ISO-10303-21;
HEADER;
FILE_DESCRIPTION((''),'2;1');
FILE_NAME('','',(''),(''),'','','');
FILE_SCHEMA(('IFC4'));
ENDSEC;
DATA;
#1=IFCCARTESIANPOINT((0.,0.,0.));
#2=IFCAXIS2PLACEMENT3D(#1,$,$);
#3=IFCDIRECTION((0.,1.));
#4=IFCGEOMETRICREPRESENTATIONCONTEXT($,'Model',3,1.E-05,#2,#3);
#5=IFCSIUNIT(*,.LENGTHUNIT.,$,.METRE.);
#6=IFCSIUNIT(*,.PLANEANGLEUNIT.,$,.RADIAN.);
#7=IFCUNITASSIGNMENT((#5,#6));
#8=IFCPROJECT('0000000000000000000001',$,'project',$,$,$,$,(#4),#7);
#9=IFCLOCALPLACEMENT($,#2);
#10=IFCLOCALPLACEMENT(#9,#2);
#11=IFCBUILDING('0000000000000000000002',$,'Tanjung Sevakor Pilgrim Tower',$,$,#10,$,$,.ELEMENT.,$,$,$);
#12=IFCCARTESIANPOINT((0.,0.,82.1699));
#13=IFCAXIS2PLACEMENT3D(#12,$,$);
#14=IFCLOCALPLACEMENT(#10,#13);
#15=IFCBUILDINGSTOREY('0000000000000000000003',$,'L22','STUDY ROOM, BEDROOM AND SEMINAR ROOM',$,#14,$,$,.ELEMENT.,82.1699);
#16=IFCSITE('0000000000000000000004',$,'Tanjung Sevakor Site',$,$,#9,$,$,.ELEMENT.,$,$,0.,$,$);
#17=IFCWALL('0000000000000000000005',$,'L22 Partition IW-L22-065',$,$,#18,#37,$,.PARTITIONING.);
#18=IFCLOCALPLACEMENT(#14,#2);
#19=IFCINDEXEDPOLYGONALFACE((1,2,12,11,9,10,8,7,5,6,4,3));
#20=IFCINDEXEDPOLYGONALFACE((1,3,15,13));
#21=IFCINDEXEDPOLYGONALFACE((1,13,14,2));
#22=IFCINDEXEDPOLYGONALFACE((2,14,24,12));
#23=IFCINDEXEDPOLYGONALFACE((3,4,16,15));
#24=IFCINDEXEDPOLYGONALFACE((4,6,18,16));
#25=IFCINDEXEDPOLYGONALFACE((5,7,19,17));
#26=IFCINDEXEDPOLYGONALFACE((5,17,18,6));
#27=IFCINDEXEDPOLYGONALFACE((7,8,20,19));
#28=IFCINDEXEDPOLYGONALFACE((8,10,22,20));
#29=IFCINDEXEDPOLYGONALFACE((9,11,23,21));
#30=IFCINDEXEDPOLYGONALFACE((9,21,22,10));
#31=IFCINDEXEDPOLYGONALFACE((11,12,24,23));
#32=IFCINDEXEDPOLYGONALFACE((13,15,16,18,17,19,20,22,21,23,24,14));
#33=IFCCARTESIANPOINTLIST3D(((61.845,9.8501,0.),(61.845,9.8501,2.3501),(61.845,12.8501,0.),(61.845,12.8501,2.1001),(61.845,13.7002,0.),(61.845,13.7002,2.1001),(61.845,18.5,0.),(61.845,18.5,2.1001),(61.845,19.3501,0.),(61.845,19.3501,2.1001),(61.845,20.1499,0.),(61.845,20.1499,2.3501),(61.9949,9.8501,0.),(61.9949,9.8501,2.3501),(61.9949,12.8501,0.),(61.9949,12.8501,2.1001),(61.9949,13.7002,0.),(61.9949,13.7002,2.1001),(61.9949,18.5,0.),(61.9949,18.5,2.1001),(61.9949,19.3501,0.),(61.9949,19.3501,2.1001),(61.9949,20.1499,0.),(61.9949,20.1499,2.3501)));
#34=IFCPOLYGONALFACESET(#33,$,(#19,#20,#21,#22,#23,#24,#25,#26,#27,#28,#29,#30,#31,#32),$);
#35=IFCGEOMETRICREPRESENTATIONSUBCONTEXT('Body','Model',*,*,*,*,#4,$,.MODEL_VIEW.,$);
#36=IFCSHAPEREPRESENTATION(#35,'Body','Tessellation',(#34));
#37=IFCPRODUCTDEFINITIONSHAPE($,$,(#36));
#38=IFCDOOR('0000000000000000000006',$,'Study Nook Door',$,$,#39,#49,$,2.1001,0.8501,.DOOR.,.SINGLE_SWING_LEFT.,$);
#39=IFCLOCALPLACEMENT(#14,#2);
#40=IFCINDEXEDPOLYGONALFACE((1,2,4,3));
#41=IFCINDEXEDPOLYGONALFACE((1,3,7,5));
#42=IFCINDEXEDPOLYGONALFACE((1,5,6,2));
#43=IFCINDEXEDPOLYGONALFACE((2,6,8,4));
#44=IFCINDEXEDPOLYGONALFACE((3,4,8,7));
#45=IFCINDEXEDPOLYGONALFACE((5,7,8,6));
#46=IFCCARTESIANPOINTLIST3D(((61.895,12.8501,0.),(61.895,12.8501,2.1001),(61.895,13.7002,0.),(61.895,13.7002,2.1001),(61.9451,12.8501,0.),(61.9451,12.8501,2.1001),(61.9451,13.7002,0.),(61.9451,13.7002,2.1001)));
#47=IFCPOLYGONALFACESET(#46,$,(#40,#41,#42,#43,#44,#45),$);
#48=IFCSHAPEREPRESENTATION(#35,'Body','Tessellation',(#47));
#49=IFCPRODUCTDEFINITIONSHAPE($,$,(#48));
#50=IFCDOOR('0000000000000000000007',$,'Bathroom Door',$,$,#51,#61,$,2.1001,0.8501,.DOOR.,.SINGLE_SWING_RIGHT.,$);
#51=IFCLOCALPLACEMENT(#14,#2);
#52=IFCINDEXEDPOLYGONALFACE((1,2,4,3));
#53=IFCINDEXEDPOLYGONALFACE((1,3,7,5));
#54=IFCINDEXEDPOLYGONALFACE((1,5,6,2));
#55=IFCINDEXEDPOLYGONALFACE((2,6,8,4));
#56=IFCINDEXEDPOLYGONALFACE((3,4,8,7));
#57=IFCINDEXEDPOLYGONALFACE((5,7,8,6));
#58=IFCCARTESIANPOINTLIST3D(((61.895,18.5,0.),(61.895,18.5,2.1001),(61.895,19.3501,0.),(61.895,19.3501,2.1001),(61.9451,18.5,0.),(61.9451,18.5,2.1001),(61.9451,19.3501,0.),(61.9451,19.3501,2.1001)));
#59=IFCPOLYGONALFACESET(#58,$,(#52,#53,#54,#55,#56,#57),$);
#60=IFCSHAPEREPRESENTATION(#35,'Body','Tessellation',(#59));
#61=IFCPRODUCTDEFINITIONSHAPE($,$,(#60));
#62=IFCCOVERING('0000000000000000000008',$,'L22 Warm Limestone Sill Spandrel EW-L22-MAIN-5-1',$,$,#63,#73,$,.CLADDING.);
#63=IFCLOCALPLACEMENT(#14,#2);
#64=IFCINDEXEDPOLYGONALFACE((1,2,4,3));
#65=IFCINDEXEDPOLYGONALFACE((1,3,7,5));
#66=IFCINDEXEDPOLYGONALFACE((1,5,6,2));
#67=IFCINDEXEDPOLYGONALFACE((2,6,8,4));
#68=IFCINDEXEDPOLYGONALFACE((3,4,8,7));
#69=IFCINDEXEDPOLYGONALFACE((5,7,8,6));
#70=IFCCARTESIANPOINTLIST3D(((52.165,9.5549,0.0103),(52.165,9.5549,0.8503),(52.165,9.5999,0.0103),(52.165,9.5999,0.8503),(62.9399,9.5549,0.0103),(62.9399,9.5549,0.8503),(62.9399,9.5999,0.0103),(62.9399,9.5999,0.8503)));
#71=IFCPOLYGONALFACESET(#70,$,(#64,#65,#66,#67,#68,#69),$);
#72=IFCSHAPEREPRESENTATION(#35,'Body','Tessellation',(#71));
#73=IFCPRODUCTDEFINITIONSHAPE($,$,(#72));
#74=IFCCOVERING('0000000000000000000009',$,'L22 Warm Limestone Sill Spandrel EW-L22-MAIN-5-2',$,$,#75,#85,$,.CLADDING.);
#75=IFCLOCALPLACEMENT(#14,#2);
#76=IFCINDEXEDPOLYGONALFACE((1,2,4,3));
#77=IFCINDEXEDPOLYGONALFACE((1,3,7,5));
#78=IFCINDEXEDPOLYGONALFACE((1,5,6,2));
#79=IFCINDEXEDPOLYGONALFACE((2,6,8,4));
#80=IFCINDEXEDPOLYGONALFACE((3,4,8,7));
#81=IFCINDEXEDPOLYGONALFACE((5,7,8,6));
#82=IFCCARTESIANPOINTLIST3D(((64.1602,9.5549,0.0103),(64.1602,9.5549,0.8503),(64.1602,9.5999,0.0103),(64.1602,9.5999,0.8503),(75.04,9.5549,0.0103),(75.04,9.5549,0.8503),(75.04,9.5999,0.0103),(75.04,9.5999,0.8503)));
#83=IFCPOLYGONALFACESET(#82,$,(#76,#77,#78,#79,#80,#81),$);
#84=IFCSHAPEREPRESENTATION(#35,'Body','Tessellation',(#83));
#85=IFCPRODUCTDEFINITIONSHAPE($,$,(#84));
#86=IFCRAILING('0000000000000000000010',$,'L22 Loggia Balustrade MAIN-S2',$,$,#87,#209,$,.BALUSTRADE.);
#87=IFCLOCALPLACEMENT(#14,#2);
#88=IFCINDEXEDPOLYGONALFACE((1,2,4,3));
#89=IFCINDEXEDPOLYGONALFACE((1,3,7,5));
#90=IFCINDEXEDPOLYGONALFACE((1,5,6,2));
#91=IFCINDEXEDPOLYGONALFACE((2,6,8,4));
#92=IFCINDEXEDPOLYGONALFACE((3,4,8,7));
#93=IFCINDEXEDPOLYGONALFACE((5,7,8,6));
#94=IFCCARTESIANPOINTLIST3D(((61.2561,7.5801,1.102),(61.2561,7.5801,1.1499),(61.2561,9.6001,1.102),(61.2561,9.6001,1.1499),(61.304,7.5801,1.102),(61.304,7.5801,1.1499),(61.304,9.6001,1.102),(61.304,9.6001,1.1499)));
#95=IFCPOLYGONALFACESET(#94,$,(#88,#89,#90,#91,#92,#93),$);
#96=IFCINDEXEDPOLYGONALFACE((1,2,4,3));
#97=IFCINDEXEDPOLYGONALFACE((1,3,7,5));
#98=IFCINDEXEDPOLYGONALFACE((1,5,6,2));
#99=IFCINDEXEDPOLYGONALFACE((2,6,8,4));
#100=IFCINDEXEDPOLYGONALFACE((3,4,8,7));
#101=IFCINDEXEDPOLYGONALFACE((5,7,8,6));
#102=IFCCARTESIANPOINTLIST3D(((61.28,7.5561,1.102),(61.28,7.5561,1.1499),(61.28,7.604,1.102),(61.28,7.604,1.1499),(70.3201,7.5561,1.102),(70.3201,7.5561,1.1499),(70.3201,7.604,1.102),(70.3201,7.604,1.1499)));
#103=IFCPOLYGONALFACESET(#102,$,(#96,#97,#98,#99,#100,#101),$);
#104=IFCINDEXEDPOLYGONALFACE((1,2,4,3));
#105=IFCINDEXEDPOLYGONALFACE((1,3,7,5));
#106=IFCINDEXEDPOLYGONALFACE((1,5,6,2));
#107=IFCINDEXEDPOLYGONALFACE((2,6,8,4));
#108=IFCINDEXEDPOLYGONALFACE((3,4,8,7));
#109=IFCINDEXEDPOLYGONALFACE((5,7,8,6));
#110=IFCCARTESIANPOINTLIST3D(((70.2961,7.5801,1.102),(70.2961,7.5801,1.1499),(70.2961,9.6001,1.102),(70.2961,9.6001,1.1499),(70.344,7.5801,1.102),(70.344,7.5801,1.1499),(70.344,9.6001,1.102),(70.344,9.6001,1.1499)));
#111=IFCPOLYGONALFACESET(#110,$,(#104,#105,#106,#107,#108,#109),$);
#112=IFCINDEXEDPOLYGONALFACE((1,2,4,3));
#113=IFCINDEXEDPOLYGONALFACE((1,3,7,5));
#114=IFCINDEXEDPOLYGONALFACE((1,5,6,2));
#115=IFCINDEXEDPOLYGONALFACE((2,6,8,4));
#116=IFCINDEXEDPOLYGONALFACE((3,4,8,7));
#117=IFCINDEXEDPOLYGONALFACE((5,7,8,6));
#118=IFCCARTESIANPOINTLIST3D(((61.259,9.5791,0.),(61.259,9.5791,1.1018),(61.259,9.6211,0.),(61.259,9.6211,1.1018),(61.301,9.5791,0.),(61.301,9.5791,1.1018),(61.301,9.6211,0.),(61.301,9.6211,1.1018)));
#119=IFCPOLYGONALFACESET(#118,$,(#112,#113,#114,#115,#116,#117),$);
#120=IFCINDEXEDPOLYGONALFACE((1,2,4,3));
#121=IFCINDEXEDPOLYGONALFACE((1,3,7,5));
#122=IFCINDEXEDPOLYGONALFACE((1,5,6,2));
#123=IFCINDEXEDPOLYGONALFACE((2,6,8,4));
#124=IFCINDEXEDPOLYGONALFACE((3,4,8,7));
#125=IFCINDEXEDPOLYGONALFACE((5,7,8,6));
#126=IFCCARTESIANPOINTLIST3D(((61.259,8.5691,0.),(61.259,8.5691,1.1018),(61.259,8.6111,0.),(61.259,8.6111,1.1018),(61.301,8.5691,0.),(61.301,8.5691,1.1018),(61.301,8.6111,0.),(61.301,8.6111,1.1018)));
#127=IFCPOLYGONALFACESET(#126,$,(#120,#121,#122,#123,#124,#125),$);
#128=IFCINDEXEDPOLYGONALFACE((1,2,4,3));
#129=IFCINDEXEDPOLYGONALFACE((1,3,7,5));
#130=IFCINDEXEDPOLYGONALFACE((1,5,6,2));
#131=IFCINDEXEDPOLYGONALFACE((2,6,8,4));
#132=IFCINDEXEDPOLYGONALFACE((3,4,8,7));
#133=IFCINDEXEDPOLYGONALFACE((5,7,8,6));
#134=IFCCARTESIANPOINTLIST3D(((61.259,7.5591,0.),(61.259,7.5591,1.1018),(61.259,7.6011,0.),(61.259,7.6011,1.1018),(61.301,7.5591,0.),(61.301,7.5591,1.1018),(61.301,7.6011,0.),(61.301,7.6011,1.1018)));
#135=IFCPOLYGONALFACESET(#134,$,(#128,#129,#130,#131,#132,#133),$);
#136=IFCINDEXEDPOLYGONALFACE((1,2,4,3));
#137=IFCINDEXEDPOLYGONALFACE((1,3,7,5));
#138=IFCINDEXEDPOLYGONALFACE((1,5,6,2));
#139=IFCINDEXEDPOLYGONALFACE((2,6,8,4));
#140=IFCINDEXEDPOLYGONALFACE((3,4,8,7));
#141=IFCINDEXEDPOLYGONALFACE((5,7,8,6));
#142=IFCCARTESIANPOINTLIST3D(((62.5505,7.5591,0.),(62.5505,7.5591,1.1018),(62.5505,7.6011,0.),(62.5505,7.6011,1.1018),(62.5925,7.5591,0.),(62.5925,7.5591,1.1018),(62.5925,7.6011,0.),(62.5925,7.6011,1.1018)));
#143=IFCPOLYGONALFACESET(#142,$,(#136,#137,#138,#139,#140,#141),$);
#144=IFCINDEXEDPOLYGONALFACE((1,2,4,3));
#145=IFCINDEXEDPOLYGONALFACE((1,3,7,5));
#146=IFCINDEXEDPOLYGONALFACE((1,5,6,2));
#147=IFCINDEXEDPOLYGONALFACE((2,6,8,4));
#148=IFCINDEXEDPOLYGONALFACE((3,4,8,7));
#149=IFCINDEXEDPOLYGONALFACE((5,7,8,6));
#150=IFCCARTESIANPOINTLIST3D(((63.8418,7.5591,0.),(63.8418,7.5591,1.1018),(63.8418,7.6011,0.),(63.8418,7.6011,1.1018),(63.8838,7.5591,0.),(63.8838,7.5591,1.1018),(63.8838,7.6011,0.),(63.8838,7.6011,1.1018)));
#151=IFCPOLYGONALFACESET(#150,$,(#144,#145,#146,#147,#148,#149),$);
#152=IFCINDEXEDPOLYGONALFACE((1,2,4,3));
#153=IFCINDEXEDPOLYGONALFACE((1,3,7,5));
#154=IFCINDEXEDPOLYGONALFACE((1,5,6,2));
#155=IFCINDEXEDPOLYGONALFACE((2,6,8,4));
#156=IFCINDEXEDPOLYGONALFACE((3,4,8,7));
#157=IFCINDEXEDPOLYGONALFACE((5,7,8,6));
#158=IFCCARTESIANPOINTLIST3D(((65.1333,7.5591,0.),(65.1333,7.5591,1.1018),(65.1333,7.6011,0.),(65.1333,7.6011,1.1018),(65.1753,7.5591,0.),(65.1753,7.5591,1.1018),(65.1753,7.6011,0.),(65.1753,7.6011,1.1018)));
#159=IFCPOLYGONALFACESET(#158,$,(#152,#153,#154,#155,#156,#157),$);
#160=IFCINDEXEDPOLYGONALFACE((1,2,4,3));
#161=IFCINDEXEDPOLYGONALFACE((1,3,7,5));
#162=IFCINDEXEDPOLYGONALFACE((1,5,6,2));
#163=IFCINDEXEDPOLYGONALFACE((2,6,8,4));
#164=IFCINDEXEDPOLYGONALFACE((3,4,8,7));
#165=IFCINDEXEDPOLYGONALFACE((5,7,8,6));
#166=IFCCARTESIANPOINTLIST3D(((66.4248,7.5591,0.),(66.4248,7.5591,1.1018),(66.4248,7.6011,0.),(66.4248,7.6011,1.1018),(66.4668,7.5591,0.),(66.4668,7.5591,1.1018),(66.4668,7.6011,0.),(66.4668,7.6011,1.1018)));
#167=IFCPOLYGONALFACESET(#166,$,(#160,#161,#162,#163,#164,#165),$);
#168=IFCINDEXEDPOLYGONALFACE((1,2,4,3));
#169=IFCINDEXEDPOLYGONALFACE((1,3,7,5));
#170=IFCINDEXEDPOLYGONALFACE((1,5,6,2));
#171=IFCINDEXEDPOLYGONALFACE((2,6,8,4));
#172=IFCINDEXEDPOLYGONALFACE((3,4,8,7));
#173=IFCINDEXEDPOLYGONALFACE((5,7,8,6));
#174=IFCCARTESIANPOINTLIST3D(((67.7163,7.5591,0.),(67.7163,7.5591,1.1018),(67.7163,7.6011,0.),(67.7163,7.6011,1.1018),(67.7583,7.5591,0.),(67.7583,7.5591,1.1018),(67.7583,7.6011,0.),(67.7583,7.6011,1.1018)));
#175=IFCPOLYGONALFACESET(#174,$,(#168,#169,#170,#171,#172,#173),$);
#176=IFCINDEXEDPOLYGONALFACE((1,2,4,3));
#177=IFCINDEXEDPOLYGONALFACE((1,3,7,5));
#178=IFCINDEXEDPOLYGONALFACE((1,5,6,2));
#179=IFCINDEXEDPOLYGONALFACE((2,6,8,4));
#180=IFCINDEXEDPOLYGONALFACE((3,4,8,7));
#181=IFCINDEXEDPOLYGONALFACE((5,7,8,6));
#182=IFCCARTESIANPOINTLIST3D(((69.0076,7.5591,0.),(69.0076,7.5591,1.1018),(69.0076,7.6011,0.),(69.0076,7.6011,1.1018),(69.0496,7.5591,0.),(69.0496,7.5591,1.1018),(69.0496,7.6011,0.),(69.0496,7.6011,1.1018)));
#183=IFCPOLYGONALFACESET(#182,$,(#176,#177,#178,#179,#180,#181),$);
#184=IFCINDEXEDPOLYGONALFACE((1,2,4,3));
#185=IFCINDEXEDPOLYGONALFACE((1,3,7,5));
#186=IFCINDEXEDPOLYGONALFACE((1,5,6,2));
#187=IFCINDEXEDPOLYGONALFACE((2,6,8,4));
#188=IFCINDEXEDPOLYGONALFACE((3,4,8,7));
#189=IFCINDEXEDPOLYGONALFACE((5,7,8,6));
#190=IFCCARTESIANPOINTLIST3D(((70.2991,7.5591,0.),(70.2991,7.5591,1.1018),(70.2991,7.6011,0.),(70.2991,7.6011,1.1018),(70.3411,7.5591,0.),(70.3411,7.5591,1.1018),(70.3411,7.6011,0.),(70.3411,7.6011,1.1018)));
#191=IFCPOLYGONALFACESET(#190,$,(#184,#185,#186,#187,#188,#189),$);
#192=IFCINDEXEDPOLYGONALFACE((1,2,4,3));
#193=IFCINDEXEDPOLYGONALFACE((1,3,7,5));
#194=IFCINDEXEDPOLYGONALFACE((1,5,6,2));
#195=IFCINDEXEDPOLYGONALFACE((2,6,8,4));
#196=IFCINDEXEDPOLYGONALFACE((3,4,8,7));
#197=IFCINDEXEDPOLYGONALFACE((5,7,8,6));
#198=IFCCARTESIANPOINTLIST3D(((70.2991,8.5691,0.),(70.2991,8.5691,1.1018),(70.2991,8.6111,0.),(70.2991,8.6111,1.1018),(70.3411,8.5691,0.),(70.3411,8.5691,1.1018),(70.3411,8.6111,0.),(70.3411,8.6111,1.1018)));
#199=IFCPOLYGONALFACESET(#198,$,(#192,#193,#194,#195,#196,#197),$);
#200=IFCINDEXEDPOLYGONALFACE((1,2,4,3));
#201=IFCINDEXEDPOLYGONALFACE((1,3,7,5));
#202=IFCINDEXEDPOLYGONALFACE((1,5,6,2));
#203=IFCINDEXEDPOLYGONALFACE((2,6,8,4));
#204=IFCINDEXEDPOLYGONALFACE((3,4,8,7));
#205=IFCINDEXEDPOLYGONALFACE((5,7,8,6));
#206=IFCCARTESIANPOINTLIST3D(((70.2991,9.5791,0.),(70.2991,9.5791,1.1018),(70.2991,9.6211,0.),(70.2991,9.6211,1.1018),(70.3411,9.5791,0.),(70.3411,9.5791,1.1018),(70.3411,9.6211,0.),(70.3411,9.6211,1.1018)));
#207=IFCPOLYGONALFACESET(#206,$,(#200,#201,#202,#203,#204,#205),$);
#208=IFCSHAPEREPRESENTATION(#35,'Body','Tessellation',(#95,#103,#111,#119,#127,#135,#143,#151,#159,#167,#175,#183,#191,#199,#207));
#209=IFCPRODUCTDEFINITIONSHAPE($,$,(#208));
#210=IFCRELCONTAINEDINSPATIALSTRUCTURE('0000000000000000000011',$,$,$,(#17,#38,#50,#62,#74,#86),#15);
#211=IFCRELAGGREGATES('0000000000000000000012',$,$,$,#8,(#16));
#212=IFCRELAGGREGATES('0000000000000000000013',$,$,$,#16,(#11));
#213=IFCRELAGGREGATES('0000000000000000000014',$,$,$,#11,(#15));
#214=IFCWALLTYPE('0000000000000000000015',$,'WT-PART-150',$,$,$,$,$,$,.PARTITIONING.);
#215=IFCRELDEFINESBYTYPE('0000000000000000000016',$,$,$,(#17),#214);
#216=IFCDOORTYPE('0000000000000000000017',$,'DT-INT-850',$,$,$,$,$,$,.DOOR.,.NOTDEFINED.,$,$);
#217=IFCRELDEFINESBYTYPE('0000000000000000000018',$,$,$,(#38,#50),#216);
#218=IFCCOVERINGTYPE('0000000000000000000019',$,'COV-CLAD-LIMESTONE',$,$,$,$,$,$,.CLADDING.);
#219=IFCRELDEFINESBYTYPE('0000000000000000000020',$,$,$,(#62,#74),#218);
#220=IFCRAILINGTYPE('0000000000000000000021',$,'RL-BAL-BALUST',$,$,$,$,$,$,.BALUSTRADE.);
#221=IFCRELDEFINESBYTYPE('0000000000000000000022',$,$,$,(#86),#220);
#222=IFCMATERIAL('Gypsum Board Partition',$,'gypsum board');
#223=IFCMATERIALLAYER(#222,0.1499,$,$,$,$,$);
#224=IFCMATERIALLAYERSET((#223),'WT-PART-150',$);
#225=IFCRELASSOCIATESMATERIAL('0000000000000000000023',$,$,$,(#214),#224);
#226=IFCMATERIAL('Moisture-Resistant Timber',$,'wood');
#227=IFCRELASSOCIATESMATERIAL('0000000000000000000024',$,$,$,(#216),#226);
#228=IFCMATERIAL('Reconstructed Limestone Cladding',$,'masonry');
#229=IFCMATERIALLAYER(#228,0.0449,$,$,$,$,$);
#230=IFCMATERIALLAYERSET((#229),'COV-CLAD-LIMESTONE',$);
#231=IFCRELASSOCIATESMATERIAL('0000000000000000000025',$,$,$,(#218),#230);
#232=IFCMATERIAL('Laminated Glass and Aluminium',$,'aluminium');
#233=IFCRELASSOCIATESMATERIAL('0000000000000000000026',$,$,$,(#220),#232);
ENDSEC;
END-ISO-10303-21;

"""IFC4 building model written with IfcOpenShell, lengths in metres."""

from ifc_helpers import new_model, si_unit, direction, frame, frame_2d, origin, origin_2d, place, context, subcontext, project, spatial, rectangle, extrude, material, layer, layer_set, type_object, element, fill, save


model = new_model("IFC4")

# Units and contexts
model_context = context("Model", 3, precision=1e-05, world=origin(), true_north=direction((0.0, 1.0)))
body_context = subcontext(model_context, "Body", "Model", "MODEL_VIEW")
ifc_project = project(units=[si_unit("LENGTHUNIT", "METRE"), si_unit("PLANEANGLEUNIT", "RADIAN")], contexts=[model_context])

# Site, building, storey
site_placement = place(None, origin())
site = spatial("IfcSite", under=ifc_project, at=site_placement, Name="Tanjung Sevakor Site", CompositionType="ELEMENT", RefElevation=0.0)
building_placement = place(site_placement, origin())
building = spatial("IfcBuilding", under=site, at=building_placement, Name="Tanjung Sevakor Pilgrim Tower", CompositionType="ELEMENT")
storey_placement = place(building_placement, frame((0.0, 0.0, 82.1699)))
storey = spatial("IfcBuildingStorey", under=building, at=storey_placement, Name="L22", Description="STUDY ROOM, BEDROOM AND SEMINAR ROOM", CompositionType="ELEMENT", Elevation=82.1699)

# Wall, openings, doors
ifc_material_1 = material(Name="Gypsum Board Partition", Category="gypsum board")
ifc_layer_1 = layer(ifc_material_1, 0.1499)
ifc_layer_set_1 = layer_set([ifc_layer_1], Name="WT-PART-150")
wall_type_1 = type_object("IfcWallType", Name="WT-PART-150", PredefinedType="PARTITIONING", material=ifc_layer_set_1)
wall_placement = place(storey_placement, frame((61.9199, 9.8501, 0.0), z_axis=(0.0, 0.0, 1.0), x_axis=(0.0, 1.0, 0.0)))
wall = element("IfcWall", 1, at=wall_placement, inside=storey, type_object=wall_type_1, Name="L22 Partition IW-L22-065", PredefinedType="PARTITIONING", context=body_context, shape_type="SweptSolid", body=[
    extrude(rectangle(XDim=10.2998, YDim=0.1499, at=frame_2d((5.1499, 0.0))), origin(), (0.0, 0.0, 1.0), 2.3501),
])
opening_1_placement = place(wall_placement, frame((3.0, 0.0, 0.0)))
opening_1 = element("IfcOpeningElement", 2, at=opening_1_placement, cuts=wall, PredefinedType="OPENING", context=body_context, shape_type="SweptSolid", body=[
    extrude(rectangle(XDim=0.8501, YDim=2.1001, at=frame_2d((0.425, 1.05))), frame((0.0, 0.085, 0.0), z_axis=(0.0, -1.0, 0.0), x_axis=(1.0, 0.0, 0.0)), (0.0, 0.0, 1.0), 0.1699),
])
opening_2_placement = place(wall_placement, frame((8.6499, 0.0, 0.0)))
opening_2 = element("IfcOpeningElement", 3, at=opening_2_placement, cuts=wall, PredefinedType="OPENING", context=body_context, shape_type="SweptSolid", body=[
    extrude(rectangle(XDim=0.8501, YDim=2.1001, at=frame_2d((0.425, 1.05))), frame((0.0, 0.085, 0.0), z_axis=(0.0, -1.0, 0.0), x_axis=(1.0, 0.0, 0.0)), (0.0, 0.0, 1.0), 0.1699),
])
ifc_material_2 = material(Name="Moisture-Resistant Timber", Category="wood")
door_type = type_object("IfcDoorType", Name="DT-INT-850", OperationType="NOTDEFINED", PredefinedType="DOOR", material=ifc_material_2)
door_1_placement = place(opening_1_placement, origin())
door_1 = element("IfcDoor", 4, at=door_1_placement, inside=storey, type_object=door_type, Name="Study Nook Door", OperationType="SINGLE_SWING_LEFT", OverallHeight=2.1001, OverallWidth=0.8501, PredefinedType="DOOR", context=body_context, shape_type="SweptSolid", body=[
    extrude(rectangle(XDim=0.8501, YDim=2.1001, at=frame_2d((0.425, 1.05))), frame((0.0, 0.0249, 0.0), z_axis=(0.0, -1.0, 0.0), x_axis=(1.0, 0.0, 0.0)), (0.0, 0.0, 1.0), 0.05),
])
fill(opening_1, door_1)
door_2_placement = place(opening_2_placement, origin())
door_2 = element("IfcDoor", 5, at=door_2_placement, inside=storey, type_object=door_type, Name="Bathroom Door", OperationType="SINGLE_SWING_RIGHT", OverallHeight=2.1001, OverallWidth=0.8501, PredefinedType="DOOR", context=body_context, shape_type="SweptSolid", body=[
    extrude(rectangle(XDim=0.8501, YDim=2.1001, at=frame_2d((0.425, 1.05))), frame((0.0, 0.0249, 0.0), z_axis=(0.0, -1.0, 0.0), x_axis=(1.0, 0.0, 0.0)), (0.0, 0.0, 1.0), 0.05),
])
fill(opening_2, door_2)

# Coverings
ifc_material_3 = material(Name="Reconstructed Limestone Cladding", Category="masonry")
ifc_layer_2 = layer(ifc_material_3, 0.0449)
ifc_layer_set_2 = layer_set([ifc_layer_2], Name="COV-CLAD-LIMESTONE")
covering_type = type_object("IfcCoveringType", Name="COV-CLAD-LIMESTONE", PredefinedType="CLADDING", material=ifc_layer_set_2)
covering_1_placement = place(storey_placement, frame((57.5525, 9.5774, 0.0103), z_axis=(0.0, 0.0, 1.0), x_axis=(1.0, 0.0, 0.0)))
element("IfcCovering", 6, at=covering_1_placement, inside=storey, type_object=covering_type, Name="L22 Warm Limestone Sill Spandrel EW-L22-MAIN-5-1", PredefinedType="CLADDING", context=body_context, shape_type="SweptSolid", body=[
    extrude(rectangle(XDim=10.7749, YDim=0.0449, at=origin_2d()), origin(), (0.0, 0.0, 1.0), 0.8401),
])
covering_2_placement = place(storey_placement, frame((69.6001, 9.5774, 0.0103), z_axis=(0.0, 0.0, 1.0), x_axis=(1.0, 0.0, 0.0)))
element("IfcCovering", 7, at=covering_2_placement, inside=storey, type_object=covering_type, Name="L22 Warm Limestone Sill Spandrel EW-L22-MAIN-5-2", PredefinedType="CLADDING", context=body_context, shape_type="SweptSolid", body=[
    extrude(rectangle(XDim=10.8799, YDim=0.0449, at=origin_2d()), origin(), (0.0, 0.0, 1.0), 0.8401),
])

# Railing
ifc_material_4 = material(Name="Laminated Glass and Aluminium", Category="aluminium")
railing_type = type_object("IfcRailingType", Name="RL-BAL-BALUST", PredefinedType="BALUSTRADE", material=ifc_material_4)
railing_1_placement = place(storey_placement, frame((61.28, 9.6001, 0.0)))
element("IfcRailing", 8, at=railing_1_placement, inside=storey, type_object=railing_type, Name="L22 Loggia Balustrade MAIN-S2", PredefinedType="BALUSTRADE", context=body_context, shape_type="SweptSolid", body=[
    extrude(rectangle(XDim=0.0479, YDim=0.0479), frame((0.0, 0.0, 1.126), z_axis=(0.0, -1.0, 0.0), x_axis=(1.0, 0.0, 0.0)), (0.0, 0.0, 1.0), 2.02),
    extrude(rectangle(XDim=0.0479, YDim=0.0479), frame((0.0, -2.02, 1.126), z_axis=(1.0, 0.0, 0.0), x_axis=(0.0, 1.0, 0.0)), (0.0, 0.0, 1.0), 9.04),
    extrude(rectangle(XDim=0.0479, YDim=0.0479), frame((9.04, -2.02, 1.126), z_axis=(0.0, 1.0, 0.0), x_axis=(-1.0, 0.0, 0.0)), (0.0, 0.0, 1.0), 2.02),
    extrude(rectangle(XDim=0.042, YDim=0.042), origin(), (0.0, 0.0, 1.0), 1.1018),
    extrude(rectangle(XDim=0.042, YDim=0.042), frame((0.0, -1.01, 0.0)), (0.0, 0.0, 1.0), 1.1018),
    extrude(rectangle(XDim=0.042, YDim=0.042), frame((0.0, -2.02, 0.0)), (0.0, 0.0, 1.0), 1.1018),
    extrude(rectangle(XDim=0.042, YDim=0.042), frame((1.2915, -2.02, 0.0)), (0.0, 0.0, 1.0), 1.1018),
    extrude(rectangle(XDim=0.042, YDim=0.042), frame((2.5828, -2.02, 0.0)), (0.0, 0.0, 1.0), 1.1018),
    extrude(rectangle(XDim=0.042, YDim=0.042), frame((3.8743, -2.02, 0.0)), (0.0, 0.0, 1.0), 1.1018),
    extrude(rectangle(XDim=0.042, YDim=0.042), frame((5.1658, -2.02, 0.0)), (0.0, 0.0, 1.0), 1.1018),
    extrude(rectangle(XDim=0.042, YDim=0.042), frame((6.4573, -2.02, 0.0)), (0.0, 0.0, 1.0), 1.1018),
    extrude(rectangle(XDim=0.042, YDim=0.042), frame((7.7485, -2.02, 0.0)), (0.0, 0.0, 1.0), 1.1018),
    extrude(rectangle(XDim=0.042, YDim=0.042), frame((9.04, -2.02, 0.0)), (0.0, 0.0, 1.0), 1.1018),
    extrude(rectangle(XDim=0.042, YDim=0.042), frame((9.04, -1.01, 0.0)), (0.0, 0.0, 1.0), 1.1018),
    extrude(rectangle(XDim=0.042, YDim=0.042), frame((9.04, 0.0, 0.0)), (0.0, 0.0, 1.0), 1.1018),
])

save(model, "model.ifc")
